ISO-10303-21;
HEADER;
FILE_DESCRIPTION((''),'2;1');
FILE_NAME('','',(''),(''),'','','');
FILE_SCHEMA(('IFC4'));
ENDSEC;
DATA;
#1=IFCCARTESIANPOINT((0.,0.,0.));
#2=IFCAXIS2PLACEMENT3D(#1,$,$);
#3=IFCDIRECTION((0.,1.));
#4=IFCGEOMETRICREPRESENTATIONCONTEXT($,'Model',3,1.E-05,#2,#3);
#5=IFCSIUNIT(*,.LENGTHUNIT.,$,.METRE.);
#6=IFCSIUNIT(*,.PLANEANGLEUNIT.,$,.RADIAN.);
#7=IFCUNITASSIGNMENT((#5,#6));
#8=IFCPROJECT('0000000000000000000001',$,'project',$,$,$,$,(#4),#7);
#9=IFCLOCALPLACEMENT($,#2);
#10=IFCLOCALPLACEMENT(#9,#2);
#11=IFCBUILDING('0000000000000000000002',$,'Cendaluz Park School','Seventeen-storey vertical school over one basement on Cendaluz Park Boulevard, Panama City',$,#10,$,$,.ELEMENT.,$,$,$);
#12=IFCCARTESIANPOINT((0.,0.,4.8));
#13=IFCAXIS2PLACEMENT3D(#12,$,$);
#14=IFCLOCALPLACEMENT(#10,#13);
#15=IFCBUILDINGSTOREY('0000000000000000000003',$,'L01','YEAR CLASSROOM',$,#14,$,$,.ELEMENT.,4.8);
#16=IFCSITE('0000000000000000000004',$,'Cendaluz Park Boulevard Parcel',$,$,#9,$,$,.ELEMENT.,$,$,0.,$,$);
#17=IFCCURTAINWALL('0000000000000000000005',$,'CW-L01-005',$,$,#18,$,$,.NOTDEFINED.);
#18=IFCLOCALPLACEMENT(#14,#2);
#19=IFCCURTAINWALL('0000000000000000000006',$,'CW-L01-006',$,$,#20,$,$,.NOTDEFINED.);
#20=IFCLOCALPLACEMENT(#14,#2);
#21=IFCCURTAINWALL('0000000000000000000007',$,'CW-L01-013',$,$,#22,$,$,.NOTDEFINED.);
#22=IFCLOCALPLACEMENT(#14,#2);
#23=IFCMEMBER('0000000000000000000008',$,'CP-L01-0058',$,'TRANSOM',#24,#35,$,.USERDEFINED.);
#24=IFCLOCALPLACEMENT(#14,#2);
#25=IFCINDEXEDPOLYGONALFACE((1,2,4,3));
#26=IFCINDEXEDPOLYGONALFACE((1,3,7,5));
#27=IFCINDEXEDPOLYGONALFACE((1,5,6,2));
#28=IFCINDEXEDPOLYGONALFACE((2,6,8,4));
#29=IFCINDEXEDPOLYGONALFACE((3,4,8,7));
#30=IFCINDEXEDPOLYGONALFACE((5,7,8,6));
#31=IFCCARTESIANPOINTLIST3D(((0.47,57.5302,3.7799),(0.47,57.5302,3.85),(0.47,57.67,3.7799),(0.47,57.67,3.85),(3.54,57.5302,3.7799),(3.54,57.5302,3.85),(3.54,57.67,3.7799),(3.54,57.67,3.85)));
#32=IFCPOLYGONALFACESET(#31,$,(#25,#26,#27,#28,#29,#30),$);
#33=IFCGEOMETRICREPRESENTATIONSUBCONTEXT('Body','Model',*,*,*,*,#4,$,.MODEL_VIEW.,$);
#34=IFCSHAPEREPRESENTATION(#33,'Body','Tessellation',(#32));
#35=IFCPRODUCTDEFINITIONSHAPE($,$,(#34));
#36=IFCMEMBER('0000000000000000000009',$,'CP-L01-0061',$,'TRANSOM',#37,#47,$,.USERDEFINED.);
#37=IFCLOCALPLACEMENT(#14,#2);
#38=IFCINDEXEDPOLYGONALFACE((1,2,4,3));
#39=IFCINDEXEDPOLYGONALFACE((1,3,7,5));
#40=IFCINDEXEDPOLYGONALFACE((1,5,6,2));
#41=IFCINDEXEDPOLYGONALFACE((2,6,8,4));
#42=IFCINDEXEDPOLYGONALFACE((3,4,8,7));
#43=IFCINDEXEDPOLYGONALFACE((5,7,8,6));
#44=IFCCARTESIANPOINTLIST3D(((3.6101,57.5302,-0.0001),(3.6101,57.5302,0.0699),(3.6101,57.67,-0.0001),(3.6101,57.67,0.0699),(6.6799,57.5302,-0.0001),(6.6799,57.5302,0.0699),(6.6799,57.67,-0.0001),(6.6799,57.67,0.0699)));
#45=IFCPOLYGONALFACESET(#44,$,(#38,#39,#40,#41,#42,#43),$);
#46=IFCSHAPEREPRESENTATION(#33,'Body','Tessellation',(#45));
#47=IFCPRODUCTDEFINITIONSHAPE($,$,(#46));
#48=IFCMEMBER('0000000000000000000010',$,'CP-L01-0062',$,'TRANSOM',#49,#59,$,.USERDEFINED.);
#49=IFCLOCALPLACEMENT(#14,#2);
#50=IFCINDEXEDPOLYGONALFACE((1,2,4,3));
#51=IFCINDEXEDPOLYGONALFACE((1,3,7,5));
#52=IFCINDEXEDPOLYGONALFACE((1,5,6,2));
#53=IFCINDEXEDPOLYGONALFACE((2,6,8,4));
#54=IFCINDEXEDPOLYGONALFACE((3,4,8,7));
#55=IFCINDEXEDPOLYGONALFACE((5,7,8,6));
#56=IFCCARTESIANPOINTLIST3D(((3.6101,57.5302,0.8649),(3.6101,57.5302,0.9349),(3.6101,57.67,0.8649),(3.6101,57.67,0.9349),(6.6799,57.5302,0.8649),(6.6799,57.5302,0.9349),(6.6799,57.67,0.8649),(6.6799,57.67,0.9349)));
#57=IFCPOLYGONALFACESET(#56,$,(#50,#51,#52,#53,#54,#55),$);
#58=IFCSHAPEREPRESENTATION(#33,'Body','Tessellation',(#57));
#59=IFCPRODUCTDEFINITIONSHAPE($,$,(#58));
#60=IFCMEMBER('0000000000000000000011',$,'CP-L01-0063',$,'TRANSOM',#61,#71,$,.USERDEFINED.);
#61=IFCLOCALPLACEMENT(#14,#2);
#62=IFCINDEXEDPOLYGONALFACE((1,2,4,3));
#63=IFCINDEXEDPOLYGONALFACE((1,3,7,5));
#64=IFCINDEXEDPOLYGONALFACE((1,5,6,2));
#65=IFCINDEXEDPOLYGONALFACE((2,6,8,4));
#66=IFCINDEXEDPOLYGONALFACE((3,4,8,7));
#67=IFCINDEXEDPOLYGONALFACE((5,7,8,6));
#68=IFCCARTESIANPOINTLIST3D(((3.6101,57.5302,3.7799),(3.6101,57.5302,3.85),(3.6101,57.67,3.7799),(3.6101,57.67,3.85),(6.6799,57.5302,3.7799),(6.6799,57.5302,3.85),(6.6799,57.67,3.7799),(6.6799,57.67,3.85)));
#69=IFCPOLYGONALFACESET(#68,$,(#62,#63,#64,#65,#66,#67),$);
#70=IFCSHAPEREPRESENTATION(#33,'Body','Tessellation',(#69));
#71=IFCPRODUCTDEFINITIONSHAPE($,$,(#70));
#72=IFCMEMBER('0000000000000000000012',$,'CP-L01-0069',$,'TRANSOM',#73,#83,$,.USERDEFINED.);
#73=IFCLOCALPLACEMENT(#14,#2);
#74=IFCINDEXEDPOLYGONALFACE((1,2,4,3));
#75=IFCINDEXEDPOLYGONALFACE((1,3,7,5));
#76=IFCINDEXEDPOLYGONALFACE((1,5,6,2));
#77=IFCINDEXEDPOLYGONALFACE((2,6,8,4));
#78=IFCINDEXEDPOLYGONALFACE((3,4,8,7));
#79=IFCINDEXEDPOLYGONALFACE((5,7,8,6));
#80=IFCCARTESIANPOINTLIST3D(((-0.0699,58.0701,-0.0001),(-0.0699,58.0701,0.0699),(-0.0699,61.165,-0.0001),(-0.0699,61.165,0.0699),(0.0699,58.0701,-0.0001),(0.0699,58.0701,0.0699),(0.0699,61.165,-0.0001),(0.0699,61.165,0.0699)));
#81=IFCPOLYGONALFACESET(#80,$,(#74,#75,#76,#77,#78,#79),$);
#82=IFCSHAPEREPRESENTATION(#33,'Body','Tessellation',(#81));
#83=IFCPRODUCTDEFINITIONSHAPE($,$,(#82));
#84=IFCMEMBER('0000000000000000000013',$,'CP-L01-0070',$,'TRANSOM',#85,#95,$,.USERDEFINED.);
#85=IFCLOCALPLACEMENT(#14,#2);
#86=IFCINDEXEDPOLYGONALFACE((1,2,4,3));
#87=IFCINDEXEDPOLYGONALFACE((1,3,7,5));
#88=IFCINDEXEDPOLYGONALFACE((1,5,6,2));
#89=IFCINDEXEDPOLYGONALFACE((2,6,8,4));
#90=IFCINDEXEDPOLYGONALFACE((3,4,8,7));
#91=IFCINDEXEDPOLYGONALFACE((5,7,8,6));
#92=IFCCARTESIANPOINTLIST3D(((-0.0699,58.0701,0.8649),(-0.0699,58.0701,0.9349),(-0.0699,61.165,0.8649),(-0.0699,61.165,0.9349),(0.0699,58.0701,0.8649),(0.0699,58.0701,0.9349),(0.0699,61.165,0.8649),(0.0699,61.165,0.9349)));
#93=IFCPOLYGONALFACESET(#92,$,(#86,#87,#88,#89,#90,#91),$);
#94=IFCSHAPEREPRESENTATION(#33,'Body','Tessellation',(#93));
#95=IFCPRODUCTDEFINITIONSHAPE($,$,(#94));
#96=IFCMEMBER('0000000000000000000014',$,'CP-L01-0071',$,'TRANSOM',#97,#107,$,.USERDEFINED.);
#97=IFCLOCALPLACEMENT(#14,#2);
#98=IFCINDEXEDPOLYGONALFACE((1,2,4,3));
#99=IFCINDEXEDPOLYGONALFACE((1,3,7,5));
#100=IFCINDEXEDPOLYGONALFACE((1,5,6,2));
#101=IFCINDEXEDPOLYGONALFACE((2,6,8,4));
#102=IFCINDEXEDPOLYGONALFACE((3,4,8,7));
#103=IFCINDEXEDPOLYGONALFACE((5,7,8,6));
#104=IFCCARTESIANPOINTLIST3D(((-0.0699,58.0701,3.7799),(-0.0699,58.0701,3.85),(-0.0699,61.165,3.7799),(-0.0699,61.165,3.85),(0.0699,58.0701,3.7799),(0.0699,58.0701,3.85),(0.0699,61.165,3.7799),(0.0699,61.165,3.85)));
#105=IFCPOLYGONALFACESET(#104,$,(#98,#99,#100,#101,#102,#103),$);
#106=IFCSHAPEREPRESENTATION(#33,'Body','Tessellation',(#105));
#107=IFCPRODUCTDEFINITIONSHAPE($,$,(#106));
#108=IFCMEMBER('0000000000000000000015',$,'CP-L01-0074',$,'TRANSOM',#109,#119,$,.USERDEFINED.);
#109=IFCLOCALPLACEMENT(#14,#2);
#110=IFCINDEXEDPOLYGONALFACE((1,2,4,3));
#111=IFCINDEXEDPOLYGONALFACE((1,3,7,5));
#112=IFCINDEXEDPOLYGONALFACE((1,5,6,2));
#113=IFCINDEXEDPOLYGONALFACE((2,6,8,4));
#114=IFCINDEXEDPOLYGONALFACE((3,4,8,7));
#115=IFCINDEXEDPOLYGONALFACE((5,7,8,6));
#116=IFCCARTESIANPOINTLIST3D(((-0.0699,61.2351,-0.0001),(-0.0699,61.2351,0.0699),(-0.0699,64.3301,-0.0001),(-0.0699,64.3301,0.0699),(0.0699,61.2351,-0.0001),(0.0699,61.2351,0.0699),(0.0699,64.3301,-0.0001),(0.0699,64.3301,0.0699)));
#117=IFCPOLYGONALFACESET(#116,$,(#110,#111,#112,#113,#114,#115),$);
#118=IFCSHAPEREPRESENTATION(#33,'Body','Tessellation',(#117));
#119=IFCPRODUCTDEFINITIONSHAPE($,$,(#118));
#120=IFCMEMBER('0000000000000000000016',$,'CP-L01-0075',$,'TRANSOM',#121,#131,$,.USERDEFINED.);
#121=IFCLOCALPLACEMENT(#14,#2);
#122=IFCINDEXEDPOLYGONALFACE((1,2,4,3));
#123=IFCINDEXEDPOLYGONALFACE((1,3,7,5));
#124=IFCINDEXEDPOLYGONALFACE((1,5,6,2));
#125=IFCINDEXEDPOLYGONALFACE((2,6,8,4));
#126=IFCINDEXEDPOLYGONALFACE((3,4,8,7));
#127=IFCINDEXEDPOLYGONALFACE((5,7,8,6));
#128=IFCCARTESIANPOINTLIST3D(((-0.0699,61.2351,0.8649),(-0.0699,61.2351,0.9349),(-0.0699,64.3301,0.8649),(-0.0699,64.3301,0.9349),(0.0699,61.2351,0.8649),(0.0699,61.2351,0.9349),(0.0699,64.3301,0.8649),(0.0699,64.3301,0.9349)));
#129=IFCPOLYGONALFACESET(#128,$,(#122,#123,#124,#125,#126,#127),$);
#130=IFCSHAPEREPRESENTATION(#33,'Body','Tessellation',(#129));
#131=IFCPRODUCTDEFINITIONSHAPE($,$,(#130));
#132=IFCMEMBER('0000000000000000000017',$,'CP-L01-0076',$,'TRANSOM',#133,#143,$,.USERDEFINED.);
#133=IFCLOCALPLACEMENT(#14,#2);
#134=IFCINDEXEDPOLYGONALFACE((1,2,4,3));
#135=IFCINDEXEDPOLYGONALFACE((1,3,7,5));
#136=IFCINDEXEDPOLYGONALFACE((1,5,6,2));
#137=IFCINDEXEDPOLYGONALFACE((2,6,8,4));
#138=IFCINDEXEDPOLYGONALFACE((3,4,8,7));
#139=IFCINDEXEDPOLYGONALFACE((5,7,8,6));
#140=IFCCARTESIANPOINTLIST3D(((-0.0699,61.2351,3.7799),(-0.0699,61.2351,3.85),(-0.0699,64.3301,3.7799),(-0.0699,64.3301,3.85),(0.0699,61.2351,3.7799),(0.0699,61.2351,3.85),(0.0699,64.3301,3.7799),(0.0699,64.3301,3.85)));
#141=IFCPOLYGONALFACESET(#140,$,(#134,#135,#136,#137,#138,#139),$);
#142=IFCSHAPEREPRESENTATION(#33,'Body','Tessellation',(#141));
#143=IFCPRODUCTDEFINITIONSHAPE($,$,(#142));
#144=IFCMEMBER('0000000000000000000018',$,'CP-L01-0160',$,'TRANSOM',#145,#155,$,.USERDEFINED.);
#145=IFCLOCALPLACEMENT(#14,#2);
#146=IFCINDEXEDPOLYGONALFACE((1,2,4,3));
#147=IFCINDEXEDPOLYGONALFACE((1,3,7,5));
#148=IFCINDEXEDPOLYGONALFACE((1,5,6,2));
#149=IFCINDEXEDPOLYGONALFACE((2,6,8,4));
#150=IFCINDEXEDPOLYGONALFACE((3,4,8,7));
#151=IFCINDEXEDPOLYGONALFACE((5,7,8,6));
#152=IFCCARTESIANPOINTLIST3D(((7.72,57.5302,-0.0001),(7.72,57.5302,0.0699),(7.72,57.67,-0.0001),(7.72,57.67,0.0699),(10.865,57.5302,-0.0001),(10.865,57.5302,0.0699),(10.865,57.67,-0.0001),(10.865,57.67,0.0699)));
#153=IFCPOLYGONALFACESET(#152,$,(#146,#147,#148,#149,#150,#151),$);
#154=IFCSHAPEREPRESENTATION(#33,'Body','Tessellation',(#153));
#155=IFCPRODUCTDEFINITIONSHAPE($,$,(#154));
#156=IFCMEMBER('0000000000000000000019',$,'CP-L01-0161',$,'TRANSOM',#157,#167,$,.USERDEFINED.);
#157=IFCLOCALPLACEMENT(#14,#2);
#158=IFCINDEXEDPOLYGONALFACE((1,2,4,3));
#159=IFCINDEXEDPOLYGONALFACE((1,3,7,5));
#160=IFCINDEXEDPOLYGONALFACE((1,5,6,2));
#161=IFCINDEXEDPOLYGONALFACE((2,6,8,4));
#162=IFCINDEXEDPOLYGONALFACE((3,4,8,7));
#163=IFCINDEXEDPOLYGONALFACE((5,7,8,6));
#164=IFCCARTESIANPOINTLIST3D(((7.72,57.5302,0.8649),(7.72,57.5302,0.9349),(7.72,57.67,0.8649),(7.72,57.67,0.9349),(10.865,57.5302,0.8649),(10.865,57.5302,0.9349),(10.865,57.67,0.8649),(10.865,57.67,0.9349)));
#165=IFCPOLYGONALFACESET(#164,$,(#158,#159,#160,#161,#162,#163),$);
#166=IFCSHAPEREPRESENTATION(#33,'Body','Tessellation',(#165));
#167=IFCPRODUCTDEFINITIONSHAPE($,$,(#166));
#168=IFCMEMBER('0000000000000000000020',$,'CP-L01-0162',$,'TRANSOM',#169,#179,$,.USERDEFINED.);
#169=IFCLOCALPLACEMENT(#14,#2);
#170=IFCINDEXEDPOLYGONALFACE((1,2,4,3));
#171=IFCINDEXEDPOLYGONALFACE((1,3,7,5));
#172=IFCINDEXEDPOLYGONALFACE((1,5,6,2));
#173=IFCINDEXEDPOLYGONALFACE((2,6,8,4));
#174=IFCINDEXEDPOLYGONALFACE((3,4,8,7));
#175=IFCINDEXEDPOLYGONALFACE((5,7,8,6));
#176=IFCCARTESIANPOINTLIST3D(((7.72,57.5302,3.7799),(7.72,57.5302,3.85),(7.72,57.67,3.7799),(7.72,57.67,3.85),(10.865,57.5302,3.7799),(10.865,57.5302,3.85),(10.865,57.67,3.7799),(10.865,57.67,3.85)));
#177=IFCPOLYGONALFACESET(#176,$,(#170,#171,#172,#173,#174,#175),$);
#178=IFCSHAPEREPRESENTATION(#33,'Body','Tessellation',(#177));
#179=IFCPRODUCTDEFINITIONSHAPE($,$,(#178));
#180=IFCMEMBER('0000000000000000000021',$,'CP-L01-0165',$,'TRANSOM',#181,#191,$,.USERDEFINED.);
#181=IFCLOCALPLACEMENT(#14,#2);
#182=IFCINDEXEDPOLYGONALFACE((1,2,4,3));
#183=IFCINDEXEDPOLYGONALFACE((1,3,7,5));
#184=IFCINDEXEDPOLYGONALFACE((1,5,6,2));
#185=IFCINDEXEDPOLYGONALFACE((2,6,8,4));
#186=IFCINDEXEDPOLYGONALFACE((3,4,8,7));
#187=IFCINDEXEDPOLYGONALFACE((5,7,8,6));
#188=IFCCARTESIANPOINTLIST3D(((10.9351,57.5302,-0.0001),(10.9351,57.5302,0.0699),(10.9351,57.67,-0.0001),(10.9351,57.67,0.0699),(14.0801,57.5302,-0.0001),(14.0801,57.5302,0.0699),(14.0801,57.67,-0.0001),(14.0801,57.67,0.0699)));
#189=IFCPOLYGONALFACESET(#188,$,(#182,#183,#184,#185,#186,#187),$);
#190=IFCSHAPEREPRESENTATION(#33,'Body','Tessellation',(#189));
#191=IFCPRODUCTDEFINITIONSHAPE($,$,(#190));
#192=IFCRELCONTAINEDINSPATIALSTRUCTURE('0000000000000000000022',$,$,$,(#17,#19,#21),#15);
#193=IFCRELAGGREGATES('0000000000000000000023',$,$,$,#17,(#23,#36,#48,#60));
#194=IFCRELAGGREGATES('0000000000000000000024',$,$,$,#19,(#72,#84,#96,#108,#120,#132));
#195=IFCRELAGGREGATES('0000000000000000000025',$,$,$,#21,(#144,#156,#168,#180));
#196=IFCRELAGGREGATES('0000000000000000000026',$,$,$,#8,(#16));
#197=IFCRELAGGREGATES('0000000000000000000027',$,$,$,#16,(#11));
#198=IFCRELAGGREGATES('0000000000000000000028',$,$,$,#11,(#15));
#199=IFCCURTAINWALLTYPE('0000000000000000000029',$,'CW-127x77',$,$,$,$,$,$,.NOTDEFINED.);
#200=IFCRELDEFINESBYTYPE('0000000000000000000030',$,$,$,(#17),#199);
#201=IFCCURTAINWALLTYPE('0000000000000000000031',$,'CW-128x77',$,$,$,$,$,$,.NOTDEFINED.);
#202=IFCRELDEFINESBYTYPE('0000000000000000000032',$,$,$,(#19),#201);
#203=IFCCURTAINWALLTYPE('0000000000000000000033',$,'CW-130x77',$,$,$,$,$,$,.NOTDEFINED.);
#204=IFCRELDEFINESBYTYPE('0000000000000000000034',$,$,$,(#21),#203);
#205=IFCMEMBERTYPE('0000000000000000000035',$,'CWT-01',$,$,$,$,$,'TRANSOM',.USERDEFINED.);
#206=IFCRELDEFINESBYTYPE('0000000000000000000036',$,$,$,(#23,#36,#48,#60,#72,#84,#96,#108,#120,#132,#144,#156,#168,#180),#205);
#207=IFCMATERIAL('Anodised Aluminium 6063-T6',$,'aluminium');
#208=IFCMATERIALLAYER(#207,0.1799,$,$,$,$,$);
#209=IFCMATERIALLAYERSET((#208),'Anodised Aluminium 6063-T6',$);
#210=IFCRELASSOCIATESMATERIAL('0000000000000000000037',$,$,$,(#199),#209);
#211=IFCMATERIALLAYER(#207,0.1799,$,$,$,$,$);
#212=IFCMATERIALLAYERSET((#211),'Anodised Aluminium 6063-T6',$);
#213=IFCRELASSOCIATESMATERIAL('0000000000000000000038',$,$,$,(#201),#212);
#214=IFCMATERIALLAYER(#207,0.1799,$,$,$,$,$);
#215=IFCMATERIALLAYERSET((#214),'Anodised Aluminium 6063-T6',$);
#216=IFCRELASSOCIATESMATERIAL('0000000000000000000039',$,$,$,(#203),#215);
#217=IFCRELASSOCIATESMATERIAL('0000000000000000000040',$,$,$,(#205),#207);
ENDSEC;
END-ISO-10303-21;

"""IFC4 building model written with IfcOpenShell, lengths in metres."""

from ifc_helpers import new_model, si_unit, direction, frame, origin, origin_2d, place, context, subcontext, project, spatial, rectangle, extrude, material, layer, layer_set, material_profile, profile_set, type_object, element, aggregate, save


model = new_model("IFC4")

# Units and contexts
model_context = context("Model", 3, precision=1e-05, world=origin(), true_north=direction((0.0, 1.0)))
body_context = subcontext(model_context, "Body", "Model", "MODEL_VIEW")
ifc_project = project(units=[si_unit("LENGTHUNIT", "METRE"), si_unit("PLANEANGLEUNIT", "RADIAN")], contexts=[model_context])

# Site, building, storey
site_placement = place(None, origin())
site = spatial("IfcSite", under=ifc_project, at=site_placement, Name="Cendaluz Park Boulevard Parcel", CompositionType="ELEMENT", RefElevation=0.0)
building_placement = place(site_placement, origin())
building = spatial("IfcBuilding", under=site, at=building_placement, Name="Cendaluz Park School", Description="Seventeen-storey vertical school over one basement on Cendaluz Park Boulevard, Panama City", CompositionType="ELEMENT")
storey_placement = place(building_placement, frame((0.0, 0.0, 4.8)))
storey = spatial("IfcBuildingStorey", under=building, at=storey_placement, Name="L01", Description="YEAR CLASSROOM", CompositionType="ELEMENT", Elevation=4.8)

# Curtain walls
ifc_material_1 = material(Name="Anodised Aluminium 6063-T6", Category="aluminium")
ifc_layer_1 = layer(ifc_material_1, 0.1799)
ifc_layer_set_1 = layer_set([ifc_layer_1], Name="Anodised Aluminium 6063-T6")
curtain_wall_type_1 = type_object("IfcCurtainWallType", Name="CW-127x77", PredefinedType="NOTDEFINED", material=ifc_layer_set_1)
curtain_wall_1_placement = place(storey_placement, origin())
curtain_wall_1 = element("IfcCurtainWall", 1, at=curtain_wall_1_placement, inside=storey, type_object=curtain_wall_type_1, Name="CW-L01-005", PredefinedType="NOTDEFINED")
ifc_layer_2 = layer(ifc_material_1, 0.1799)
ifc_layer_set_2 = layer_set([ifc_layer_2], Name="Anodised Aluminium 6063-T6")
curtain_wall_type_2 = type_object("IfcCurtainWallType", Name="CW-128x77", PredefinedType="NOTDEFINED", material=ifc_layer_set_2)
curtain_wall_2_placement = place(storey_placement, origin())
curtain_wall_2 = element("IfcCurtainWall", 2, at=curtain_wall_2_placement, inside=storey, type_object=curtain_wall_type_2, Name="CW-L01-006", PredefinedType="NOTDEFINED")
ifc_layer_3 = layer(ifc_material_1, 0.1799)
ifc_layer_set_3 = layer_set([ifc_layer_3], Name="Anodised Aluminium 6063-T6")
curtain_wall_type_3 = type_object("IfcCurtainWallType", Name="CW-130x77", PredefinedType="NOTDEFINED", material=ifc_layer_set_3)
curtain_wall_3_placement = place(storey_placement, origin())
curtain_wall_3 = element("IfcCurtainWall", 3, at=curtain_wall_3_placement, inside=storey, type_object=curtain_wall_type_3, Name="CW-L01-013", PredefinedType="NOTDEFINED")

# Members
ifc_material_profile_1 = material_profile(ifc_material_1, rectangle(XDim=0.1399, YDim=0.0701, at=origin_2d()), Name="CWT 140x70", Category="aluminium")
ifc_profile_set_1 = profile_set([ifc_material_profile_1], Name="Anodised Aluminium 6063-T6")
member_type_1 = type_object("IfcMemberType", Name="CWT-01", ElementType="TRANSOM", PredefinedType="USERDEFINED", material=ifc_profile_set_1)
member_1_placement = place(storey_placement, frame((0.47, 57.6001, 3.8149), z_axis=(1.0, 0.0, 0.0), x_axis=(0.0, 1.0, 0.0)))
member_1 = element("IfcMember", 4, at=member_1_placement, type_object=member_type_1, Name="CP-L01-0058", ObjectType="TRANSOM", PredefinedType="USERDEFINED", context=body_context, shape_type="SweptSolid", body=[
    extrude(rectangle(XDim=0.1399, YDim=0.0701, at=origin_2d()), origin(), (0.0, 0.0, 1.0), 3.0701),
])
member_2_placement = place(storey_placement, frame((3.6101, 57.6001, 0.0349), z_axis=(1.0, 0.0, 0.0), x_axis=(0.0, 1.0, 0.0)))
member_2 = element("IfcMember", 5, at=member_2_placement, type_object=member_type_1, Name="CP-L01-0061", ObjectType="TRANSOM", PredefinedType="USERDEFINED", context=body_context, shape_type="SweptSolid", body=[
    extrude(rectangle(XDim=0.1399, YDim=0.0701, at=origin_2d()), origin(), (0.0, 0.0, 1.0), 3.0698),
])
member_3_placement = place(storey_placement, frame((3.6101, 57.6001, 0.8999), z_axis=(1.0, 0.0, 0.0), x_axis=(0.0, 1.0, 0.0)))
member_3 = element("IfcMember", 6, at=member_3_placement, type_object=member_type_1, Name="CP-L01-0062", ObjectType="TRANSOM", PredefinedType="USERDEFINED", context=body_context, shape_type="SweptSolid", body=[
    extrude(rectangle(XDim=0.1399, YDim=0.0701, at=origin_2d()), origin(), (0.0, 0.0, 1.0), 3.0698),
])
member_4_placement = place(storey_placement, frame((3.6101, 57.6001, 3.8149), z_axis=(1.0, 0.0, 0.0), x_axis=(0.0, 1.0, 0.0)))
member_4 = element("IfcMember", 7, at=member_4_placement, type_object=member_type_1, Name="CP-L01-0063", ObjectType="TRANSOM", PredefinedType="USERDEFINED", context=body_context, shape_type="SweptSolid", body=[
    extrude(rectangle(XDim=0.1399, YDim=0.0701, at=origin_2d()), origin(), (0.0, 0.0, 1.0), 3.0698),
])
member_5_placement = place(storey_placement, frame((0.0, 58.0701, 0.0349), z_axis=(0.0, 1.0, 0.0), x_axis=(-1.0, 0.0, 0.0)))
member_5 = element("IfcMember", 8, at=member_5_placement, type_object=member_type_1, Name="CP-L01-0069", ObjectType="TRANSOM", PredefinedType="USERDEFINED", context=body_context, shape_type="SweptSolid", body=[
    extrude(rectangle(XDim=0.1399, YDim=0.0701, at=origin_2d()), origin(), (0.0, 0.0, 1.0), 3.095),
])
member_6_placement = place(storey_placement, frame((0.0, 58.0701, 0.8999), z_axis=(0.0, 1.0, 0.0), x_axis=(-1.0, 0.0, 0.0)))
member_6 = element("IfcMember", 9, at=member_6_placement, type_object=member_type_1, Name="CP-L01-0070", ObjectType="TRANSOM", PredefinedType="USERDEFINED", context=body_context, shape_type="SweptSolid", body=[
    extrude(rectangle(XDim=0.1399, YDim=0.0701, at=origin_2d()), origin(), (0.0, 0.0, 1.0), 3.095),
])
member_7_placement = place(storey_placement, frame((0.0, 58.0701, 3.8149), z_axis=(0.0, 1.0, 0.0), x_axis=(-1.0, 0.0, 0.0)))
member_7 = element("IfcMember", 10, at=member_7_placement, type_object=member_type_1, Name="CP-L01-0071", ObjectType="TRANSOM", PredefinedType="USERDEFINED", context=body_context, shape_type="SweptSolid", body=[
    extrude(rectangle(XDim=0.1399, YDim=0.0701, at=origin_2d()), origin(), (0.0, 0.0, 1.0), 3.095),
])
member_8_placement = place(storey_placement, frame((0.0, 61.2351, 0.0349), z_axis=(0.0, 1.0, 0.0), x_axis=(-1.0, 0.0, 0.0)))
member_8 = element("IfcMember", 11, at=member_8_placement, type_object=member_type_1, Name="CP-L01-0074", ObjectType="TRANSOM", PredefinedType="USERDEFINED", context=body_context, shape_type="SweptSolid", body=[
    extrude(rectangle(XDim=0.1399, YDim=0.0701, at=origin_2d()), origin(), (0.0, 0.0, 1.0), 3.095),
])
member_9_placement = place(storey_placement, frame((0.0, 61.2351, 0.8999), z_axis=(0.0, 1.0, 0.0), x_axis=(-1.0, 0.0, 0.0)))
member_9 = element("IfcMember", 12, at=member_9_placement, type_object=member_type_1, Name="CP-L01-0075", ObjectType="TRANSOM", PredefinedType="USERDEFINED", context=body_context, shape_type="SweptSolid", body=[
    extrude(rectangle(XDim=0.1399, YDim=0.0701, at=origin_2d()), origin(), (0.0, 0.0, 1.0), 3.095),
])
member_10_placement = place(storey_placement, frame((0.0, 61.2351, 3.8149), z_axis=(0.0, 1.0, 0.0), x_axis=(-1.0, 0.0, 0.0)))
member_10 = element("IfcMember", 13, at=member_10_placement, type_object=member_type_1, Name="CP-L01-0076", ObjectType="TRANSOM", PredefinedType="USERDEFINED", context=body_context, shape_type="SweptSolid", body=[
    extrude(rectangle(XDim=0.1399, YDim=0.0701, at=origin_2d()), origin(), (0.0, 0.0, 1.0), 3.095),
])
member_11_placement = place(storey_placement, frame((7.72, 57.6001, 0.0349), z_axis=(1.0, 0.0, 0.0), x_axis=(0.0, 1.0, 0.0)))
member_11 = element("IfcMember", 14, at=member_11_placement, type_object=member_type_1, Name="CP-L01-0160", ObjectType="TRANSOM", PredefinedType="USERDEFINED", context=body_context, shape_type="SweptSolid", body=[
    extrude(rectangle(XDim=0.1399, YDim=0.0701, at=origin_2d()), origin(), (0.0, 0.0, 1.0), 3.145),
])
member_12_placement = place(storey_placement, frame((7.72, 57.6001, 0.8999), z_axis=(1.0, 0.0, 0.0), x_axis=(0.0, 1.0, 0.0)))
member_12 = element("IfcMember", 15, at=member_12_placement, type_object=member_type_1, Name="CP-L01-0161", ObjectType="TRANSOM", PredefinedType="USERDEFINED", context=body_context, shape_type="SweptSolid", body=[
    extrude(rectangle(XDim=0.1399, YDim=0.0701, at=origin_2d()), origin(), (0.0, 0.0, 1.0), 3.145),
])
member_13_placement = place(storey_placement, frame((7.72, 57.6001, 3.8149), z_axis=(1.0, 0.0, 0.0), x_axis=(0.0, 1.0, 0.0)))
member_13 = element("IfcMember", 16, at=member_13_placement, type_object=member_type_1, Name="CP-L01-0162", ObjectType="TRANSOM", PredefinedType="USERDEFINED", context=body_context, shape_type="SweptSolid", body=[
    extrude(rectangle(XDim=0.1399, YDim=0.0701, at=origin_2d()), origin(), (0.0, 0.0, 1.0), 3.145),
])
member_14_placement = place(storey_placement, frame((10.9351, 57.6001, 0.0349), z_axis=(1.0, 0.0, 0.0), x_axis=(0.0, 1.0, 0.0)))
member_14 = element("IfcMember", 17, at=member_14_placement, type_object=member_type_1, Name="CP-L01-0165", ObjectType="TRANSOM", PredefinedType="USERDEFINED", context=body_context, shape_type="SweptSolid", body=[
    extrude(rectangle(XDim=0.1399, YDim=0.0701, at=origin_2d()), origin(), (0.0, 0.0, 1.0), 3.145),
])

aggregate(curtain_wall_1, [member_1, member_2, member_3, member_4])
aggregate(curtain_wall_2, [member_5, member_6, member_7, member_8, member_9, member_10])
aggregate(curtain_wall_3, [member_11, member_12, member_13, member_14])

save(model, "model.ifc")
